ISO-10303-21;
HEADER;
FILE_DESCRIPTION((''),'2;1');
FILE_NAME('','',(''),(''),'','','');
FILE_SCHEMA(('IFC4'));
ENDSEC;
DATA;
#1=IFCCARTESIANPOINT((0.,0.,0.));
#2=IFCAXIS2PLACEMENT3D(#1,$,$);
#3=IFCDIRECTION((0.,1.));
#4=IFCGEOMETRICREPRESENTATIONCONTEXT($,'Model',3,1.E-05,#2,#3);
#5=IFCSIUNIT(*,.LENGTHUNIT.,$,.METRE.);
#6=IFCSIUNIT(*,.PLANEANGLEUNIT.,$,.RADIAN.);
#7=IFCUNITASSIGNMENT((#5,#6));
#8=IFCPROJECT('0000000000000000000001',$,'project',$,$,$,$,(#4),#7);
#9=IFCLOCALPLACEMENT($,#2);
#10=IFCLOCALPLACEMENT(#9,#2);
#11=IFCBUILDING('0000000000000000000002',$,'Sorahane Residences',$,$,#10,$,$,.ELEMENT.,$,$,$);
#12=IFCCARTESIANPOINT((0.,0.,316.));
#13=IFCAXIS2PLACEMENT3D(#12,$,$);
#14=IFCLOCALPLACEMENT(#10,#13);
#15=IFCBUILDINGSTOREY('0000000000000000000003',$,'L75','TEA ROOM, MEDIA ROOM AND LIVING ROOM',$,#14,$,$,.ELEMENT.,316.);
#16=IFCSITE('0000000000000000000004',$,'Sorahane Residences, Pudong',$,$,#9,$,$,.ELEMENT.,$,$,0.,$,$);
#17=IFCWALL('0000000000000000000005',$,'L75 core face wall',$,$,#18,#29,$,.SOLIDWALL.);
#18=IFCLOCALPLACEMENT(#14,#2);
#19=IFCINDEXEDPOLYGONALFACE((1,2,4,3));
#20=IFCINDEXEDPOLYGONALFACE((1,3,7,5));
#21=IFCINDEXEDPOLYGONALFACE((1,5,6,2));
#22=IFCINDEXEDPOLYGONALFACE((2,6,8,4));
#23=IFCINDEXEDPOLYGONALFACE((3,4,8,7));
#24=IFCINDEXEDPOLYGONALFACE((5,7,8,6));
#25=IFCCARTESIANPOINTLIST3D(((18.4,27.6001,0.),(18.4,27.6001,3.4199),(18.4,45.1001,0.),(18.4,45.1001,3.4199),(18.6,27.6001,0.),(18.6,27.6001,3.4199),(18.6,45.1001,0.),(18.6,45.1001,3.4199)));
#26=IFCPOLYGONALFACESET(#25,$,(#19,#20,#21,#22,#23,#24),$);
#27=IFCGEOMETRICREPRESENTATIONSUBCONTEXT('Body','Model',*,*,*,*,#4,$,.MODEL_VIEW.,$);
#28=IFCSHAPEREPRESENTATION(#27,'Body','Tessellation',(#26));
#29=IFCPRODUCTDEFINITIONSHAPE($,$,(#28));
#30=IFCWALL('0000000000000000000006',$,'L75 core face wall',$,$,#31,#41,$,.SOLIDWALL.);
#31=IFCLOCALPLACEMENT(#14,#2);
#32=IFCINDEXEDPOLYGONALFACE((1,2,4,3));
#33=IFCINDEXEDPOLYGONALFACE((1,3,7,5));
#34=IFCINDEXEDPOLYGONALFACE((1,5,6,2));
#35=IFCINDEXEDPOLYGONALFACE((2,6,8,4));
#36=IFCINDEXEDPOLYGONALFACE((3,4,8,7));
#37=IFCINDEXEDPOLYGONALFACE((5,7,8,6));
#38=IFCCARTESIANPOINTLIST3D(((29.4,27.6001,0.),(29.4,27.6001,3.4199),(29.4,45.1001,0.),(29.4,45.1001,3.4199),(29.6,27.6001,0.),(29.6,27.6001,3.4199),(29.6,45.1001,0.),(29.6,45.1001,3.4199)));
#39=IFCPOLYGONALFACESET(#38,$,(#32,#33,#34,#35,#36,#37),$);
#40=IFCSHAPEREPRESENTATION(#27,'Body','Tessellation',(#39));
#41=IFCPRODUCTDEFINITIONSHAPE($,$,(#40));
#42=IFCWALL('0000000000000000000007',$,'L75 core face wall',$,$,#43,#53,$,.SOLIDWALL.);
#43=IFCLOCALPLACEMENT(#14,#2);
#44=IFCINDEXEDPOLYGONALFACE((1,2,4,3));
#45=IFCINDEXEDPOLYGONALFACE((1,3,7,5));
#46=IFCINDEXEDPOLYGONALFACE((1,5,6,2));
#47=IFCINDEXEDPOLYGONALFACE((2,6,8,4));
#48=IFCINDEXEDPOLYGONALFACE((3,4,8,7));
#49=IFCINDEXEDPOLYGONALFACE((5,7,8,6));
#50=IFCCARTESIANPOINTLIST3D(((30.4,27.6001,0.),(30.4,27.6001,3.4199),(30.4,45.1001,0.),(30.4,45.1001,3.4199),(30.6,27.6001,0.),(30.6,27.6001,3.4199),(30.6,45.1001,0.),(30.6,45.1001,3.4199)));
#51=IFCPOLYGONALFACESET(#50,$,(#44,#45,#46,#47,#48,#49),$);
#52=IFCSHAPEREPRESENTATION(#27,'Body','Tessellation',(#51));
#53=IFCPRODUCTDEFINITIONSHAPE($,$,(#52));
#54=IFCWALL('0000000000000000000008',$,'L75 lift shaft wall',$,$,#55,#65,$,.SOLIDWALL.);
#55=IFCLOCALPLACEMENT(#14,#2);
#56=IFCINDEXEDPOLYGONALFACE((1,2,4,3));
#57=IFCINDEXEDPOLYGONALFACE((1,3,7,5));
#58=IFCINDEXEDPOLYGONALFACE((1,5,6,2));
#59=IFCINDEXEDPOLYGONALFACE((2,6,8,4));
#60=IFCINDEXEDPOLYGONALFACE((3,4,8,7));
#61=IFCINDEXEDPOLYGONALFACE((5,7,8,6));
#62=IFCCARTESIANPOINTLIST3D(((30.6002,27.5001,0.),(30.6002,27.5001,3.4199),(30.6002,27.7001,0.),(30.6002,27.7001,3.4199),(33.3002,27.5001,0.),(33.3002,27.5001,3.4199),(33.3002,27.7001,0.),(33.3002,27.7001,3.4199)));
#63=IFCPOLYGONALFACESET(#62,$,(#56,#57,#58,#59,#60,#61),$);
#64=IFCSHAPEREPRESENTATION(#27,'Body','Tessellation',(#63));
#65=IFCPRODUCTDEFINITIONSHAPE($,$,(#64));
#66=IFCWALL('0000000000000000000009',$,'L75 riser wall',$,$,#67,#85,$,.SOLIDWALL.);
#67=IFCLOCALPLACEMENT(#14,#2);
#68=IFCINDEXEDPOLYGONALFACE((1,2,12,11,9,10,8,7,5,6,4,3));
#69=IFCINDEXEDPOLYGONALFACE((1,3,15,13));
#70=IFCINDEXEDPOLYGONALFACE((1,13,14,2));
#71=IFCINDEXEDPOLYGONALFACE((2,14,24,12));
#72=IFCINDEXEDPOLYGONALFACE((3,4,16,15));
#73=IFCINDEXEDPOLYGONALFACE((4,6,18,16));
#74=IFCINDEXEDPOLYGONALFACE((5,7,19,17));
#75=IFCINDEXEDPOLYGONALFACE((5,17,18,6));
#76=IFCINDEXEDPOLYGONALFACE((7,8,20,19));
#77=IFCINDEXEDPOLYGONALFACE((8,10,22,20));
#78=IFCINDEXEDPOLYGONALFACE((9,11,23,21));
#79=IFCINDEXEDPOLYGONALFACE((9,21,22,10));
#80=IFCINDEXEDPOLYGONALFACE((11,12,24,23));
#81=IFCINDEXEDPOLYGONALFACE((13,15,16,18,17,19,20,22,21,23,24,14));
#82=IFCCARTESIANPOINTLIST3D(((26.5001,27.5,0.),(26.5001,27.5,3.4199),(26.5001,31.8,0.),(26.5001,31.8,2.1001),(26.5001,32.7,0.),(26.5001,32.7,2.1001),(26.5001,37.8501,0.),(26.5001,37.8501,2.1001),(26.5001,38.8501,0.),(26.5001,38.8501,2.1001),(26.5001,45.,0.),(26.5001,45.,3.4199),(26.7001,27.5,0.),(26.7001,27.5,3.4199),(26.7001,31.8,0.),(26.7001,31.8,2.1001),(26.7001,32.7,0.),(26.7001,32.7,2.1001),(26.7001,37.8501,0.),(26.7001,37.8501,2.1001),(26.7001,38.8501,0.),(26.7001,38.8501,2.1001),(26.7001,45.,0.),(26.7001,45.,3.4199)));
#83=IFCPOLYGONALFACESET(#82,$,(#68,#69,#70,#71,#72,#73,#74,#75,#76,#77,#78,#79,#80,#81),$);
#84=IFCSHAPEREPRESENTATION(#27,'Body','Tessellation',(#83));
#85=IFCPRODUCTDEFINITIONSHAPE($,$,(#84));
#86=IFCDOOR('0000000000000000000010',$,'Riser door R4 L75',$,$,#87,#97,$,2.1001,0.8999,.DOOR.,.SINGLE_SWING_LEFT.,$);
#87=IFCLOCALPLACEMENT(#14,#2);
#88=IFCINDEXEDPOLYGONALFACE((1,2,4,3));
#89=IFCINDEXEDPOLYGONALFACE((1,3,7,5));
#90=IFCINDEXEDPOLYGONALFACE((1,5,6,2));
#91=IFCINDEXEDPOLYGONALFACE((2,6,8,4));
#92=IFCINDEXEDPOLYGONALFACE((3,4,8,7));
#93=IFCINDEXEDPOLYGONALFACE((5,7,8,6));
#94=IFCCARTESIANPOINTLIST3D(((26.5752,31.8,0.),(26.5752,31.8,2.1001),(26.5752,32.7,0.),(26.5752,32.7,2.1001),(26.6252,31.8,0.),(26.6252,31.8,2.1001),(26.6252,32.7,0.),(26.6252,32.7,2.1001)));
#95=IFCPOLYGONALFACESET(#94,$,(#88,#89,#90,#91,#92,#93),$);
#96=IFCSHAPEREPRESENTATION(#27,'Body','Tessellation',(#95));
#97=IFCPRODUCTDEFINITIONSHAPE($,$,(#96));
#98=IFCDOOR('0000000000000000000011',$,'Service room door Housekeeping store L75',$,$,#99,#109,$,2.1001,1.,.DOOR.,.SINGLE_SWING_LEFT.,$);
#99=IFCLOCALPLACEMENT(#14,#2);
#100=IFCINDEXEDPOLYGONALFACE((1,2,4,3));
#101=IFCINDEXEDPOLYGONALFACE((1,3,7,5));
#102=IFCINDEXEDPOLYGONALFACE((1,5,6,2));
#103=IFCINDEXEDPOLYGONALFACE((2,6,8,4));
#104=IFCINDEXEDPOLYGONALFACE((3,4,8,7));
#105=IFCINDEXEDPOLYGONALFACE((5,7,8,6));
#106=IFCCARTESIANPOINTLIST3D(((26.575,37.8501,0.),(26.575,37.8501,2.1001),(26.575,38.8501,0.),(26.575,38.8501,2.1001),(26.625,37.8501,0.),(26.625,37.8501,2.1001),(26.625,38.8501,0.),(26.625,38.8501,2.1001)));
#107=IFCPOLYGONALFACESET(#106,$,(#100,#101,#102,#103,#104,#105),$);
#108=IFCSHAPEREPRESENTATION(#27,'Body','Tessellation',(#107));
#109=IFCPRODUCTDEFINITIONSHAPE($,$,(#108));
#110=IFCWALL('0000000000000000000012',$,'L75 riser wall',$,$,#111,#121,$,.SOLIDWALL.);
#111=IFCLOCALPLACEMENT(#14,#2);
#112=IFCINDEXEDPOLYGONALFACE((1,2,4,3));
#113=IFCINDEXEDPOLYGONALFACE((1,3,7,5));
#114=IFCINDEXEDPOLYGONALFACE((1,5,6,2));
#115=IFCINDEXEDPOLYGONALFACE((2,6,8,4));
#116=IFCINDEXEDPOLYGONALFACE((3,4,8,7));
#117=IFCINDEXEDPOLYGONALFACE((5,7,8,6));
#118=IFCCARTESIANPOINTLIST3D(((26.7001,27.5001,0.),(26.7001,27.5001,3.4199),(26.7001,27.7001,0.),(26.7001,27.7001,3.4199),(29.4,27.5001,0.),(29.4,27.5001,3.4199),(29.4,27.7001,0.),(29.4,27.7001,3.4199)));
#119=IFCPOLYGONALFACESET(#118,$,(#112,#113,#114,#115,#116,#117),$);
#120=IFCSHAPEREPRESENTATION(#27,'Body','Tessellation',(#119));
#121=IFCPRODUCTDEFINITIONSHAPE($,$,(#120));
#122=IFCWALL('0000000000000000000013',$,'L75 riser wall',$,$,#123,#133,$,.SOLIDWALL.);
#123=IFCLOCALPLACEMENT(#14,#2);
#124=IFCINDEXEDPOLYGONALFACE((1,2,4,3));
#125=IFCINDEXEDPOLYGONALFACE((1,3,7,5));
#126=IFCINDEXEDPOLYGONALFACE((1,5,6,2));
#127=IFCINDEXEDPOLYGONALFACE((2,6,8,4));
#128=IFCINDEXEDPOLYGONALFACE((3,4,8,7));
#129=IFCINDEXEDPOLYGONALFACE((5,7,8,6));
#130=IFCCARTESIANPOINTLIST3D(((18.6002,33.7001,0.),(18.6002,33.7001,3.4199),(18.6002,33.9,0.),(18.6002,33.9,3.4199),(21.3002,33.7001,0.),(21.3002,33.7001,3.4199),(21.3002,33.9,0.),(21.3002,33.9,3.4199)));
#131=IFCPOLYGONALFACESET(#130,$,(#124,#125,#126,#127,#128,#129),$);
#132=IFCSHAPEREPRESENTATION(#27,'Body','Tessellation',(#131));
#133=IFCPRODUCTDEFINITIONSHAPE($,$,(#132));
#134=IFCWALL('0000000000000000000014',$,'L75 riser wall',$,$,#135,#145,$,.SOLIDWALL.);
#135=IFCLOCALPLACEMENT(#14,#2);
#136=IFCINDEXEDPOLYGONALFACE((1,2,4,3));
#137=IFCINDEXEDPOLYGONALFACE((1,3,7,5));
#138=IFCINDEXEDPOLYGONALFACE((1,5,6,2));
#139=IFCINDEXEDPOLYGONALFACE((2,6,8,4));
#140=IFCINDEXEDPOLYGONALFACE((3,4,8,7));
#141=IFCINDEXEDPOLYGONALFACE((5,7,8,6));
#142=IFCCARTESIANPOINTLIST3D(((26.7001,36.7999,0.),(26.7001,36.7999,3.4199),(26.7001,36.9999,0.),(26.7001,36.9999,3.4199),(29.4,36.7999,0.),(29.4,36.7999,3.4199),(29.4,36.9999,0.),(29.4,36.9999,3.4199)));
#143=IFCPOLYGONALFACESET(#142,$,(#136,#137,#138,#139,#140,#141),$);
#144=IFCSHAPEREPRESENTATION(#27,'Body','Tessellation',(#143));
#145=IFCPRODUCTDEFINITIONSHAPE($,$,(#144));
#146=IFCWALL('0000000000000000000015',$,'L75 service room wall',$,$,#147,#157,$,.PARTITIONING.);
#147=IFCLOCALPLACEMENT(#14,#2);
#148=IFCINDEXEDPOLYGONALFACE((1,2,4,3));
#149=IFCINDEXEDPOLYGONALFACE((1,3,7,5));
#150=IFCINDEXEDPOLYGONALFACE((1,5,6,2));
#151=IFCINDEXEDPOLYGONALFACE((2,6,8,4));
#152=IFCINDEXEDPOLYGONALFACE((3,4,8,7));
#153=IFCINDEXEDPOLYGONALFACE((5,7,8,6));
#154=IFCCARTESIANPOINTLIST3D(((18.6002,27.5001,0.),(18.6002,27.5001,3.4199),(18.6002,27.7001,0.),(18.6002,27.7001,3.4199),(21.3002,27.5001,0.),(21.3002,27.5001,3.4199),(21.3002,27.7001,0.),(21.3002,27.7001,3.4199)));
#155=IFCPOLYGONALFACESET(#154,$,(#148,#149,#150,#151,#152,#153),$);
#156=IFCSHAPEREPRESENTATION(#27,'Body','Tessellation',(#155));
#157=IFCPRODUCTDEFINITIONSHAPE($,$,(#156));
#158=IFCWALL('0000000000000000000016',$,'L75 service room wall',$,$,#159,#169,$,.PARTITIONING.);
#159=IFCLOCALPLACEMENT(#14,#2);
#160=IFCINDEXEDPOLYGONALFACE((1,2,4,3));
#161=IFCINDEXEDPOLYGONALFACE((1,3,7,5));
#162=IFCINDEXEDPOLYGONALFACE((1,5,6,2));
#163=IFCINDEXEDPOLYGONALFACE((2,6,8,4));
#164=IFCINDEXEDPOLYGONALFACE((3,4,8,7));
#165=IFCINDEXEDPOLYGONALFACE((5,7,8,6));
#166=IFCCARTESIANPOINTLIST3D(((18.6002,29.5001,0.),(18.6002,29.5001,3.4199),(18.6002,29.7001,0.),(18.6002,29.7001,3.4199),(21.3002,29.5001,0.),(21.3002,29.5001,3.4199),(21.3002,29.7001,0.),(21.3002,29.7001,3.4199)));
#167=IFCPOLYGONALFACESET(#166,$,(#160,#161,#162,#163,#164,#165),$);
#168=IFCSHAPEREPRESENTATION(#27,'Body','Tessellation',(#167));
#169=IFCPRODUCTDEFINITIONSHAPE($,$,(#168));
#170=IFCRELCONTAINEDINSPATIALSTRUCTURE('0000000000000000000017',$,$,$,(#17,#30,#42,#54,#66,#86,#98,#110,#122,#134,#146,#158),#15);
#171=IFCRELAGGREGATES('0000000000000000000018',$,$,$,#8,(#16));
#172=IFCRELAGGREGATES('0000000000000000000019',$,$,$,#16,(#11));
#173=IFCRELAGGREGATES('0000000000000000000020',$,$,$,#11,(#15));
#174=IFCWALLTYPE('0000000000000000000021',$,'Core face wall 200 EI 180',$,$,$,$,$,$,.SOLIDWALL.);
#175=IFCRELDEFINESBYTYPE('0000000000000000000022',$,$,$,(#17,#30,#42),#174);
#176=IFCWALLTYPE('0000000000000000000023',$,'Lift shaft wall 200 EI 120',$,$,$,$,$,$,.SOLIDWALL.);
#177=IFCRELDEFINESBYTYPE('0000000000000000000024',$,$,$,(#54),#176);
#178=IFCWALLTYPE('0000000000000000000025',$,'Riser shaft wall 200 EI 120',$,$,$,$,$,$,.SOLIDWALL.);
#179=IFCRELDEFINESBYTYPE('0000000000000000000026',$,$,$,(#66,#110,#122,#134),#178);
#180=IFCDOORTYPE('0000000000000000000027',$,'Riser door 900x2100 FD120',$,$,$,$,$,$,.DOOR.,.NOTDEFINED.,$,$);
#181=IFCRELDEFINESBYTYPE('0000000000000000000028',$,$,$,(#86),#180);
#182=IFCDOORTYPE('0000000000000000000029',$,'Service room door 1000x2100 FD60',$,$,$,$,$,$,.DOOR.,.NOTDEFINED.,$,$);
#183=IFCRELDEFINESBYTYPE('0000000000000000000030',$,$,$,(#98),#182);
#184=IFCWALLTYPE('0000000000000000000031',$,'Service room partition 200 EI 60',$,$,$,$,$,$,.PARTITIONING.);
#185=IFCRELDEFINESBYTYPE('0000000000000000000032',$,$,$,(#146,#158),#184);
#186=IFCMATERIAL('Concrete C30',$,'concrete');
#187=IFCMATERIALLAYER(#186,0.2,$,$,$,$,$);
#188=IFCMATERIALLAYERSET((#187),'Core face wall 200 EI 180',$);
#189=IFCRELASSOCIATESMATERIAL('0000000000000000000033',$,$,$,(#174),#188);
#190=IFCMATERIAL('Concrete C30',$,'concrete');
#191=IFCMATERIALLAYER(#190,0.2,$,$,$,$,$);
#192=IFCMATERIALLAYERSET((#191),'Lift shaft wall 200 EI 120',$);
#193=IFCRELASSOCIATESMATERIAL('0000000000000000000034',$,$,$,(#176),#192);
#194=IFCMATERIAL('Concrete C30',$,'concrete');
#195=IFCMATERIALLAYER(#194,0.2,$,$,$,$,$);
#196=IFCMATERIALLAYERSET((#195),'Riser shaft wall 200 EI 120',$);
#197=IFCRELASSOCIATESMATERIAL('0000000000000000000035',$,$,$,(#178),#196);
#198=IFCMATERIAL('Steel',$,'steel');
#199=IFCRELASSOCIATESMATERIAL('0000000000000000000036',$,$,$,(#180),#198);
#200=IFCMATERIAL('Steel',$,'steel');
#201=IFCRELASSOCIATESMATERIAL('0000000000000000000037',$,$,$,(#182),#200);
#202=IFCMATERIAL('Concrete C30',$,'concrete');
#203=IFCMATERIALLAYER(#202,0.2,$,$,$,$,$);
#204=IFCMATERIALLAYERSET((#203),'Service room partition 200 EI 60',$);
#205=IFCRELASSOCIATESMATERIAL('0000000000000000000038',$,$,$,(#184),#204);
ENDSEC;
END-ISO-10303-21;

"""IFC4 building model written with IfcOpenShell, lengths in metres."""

from ifc_helpers import new_model, si_unit, direction, frame, frame_2d, origin, place, context, subcontext, project, spatial, rectangle, extrude, material, layer, layer_set, type_object, element, fill, save


model = new_model("IFC4")

# Units and contexts
model_context = context("Model", 3, precision=1e-05, world=origin(), true_north=direction((0.0, 1.0)))
body_context = subcontext(model_context, "Body", "Model", "MODEL_VIEW")
ifc_project = project(units=[si_unit("LENGTHUNIT", "METRE"), si_unit("PLANEANGLEUNIT", "RADIAN")], contexts=[model_context])

# Site, building, storey
site_placement = place(None, origin())
site = spatial("IfcSite", under=ifc_project, at=site_placement, Name="Sorahane Residences, Pudong", CompositionType="ELEMENT", RefElevation=0.0)
building_placement = place(site_placement, origin())
building = spatial("IfcBuilding", under=site, at=building_placement, Name="Sorahane Residences", CompositionType="ELEMENT")
storey_placement = place(building_placement, frame((0.0, 0.0, 316.0)))
storey = spatial("IfcBuildingStorey", under=building, at=storey_placement, Name="L75", Description="TEA ROOM, MEDIA ROOM AND LIVING ROOM", CompositionType="ELEMENT", Elevation=316.0)

# Walls
ifc_material_1 = material(Name="Concrete C30", Category="concrete")
ifc_layer_1 = layer(ifc_material_1, 0.2)
ifc_layer_set_1 = layer_set([ifc_layer_1], Name="Core face wall 200 EI 180")
wall_type_1 = type_object("IfcWallType", Name="Core face wall 200 EI 180", PredefinedType="SOLIDWALL", material=ifc_layer_set_1)
for number, where, z_axis, x_axis, name in (
    (1, (18.5, 27.6001, 0.0), (0.0, 0.0, 1.0), (0.0, 1.0, 0.0), "L75 core face wall"),
    (2, (29.5, 27.6001, 0.0), (0.0, 0.0, 1.0), (0.0, 1.0, 0.0), "L75 core face wall"),
    (3, (30.5, 27.6001, 0.0), (0.0, 0.0, 1.0), (0.0, 1.0, 0.0), "L75 core face wall"),
):
    element("IfcWall", number, at=place(storey_placement, frame(where, z_axis=z_axis, x_axis=x_axis)), inside=storey, type_object=wall_type_1, Name=name, PredefinedType="SOLIDWALL", context=body_context, shape_type="SweptSolid", body=[
        extrude(rectangle(XDim=17.5, YDim=0.2, at=frame_2d((8.75, 0.0))), origin(), (0.0, 0.0, 1.0), 3.4199),
    ])
ifc_material_2 = material(Name="Concrete C30", Category="concrete")
ifc_layer_2 = layer(ifc_material_2, 0.2)
ifc_layer_set_2 = layer_set([ifc_layer_2], Name="Lift shaft wall 200 EI 120")
wall_type_2 = type_object("IfcWallType", Name="Lift shaft wall 200 EI 120", PredefinedType="SOLIDWALL", material=ifc_layer_set_2)
wall_1_placement = place(storey_placement, frame((30.6001, 27.6001, 0.0), z_axis=(0.0, 0.0, 1.0), x_axis=(1.0, 0.0, 0.0)))
element("IfcWall", 4, at=wall_1_placement, inside=storey, type_object=wall_type_2, Name="L75 lift shaft wall", PredefinedType="SOLIDWALL", context=body_context, shape_type="SweptSolid", body=[
    extrude(rectangle(XDim=2.7, YDim=0.2, at=frame_2d((1.3501, 0.0))), origin(), (0.0, 0.0, 1.0), 3.4199),
])

# Wall, openings, doors
ifc_material_3 = material(Name="Concrete C30", Category="concrete")
ifc_layer_3 = layer(ifc_material_3, 0.2)
ifc_layer_set_3 = layer_set([ifc_layer_3], Name="Riser shaft wall 200 EI 120")
wall_type_3 = type_object("IfcWallType", Name="Riser shaft wall 200 EI 120", PredefinedType="SOLIDWALL", material=ifc_layer_set_3)
wall_2_placement = place(storey_placement, frame((26.6001, 27.5, 0.0), z_axis=(0.0, 0.0, 1.0), x_axis=(0.0, 1.0, 0.0)))
wall_2 = element("IfcWall", 5, at=wall_2_placement, inside=storey, type_object=wall_type_3, Name="L75 riser wall", PredefinedType="SOLIDWALL", context=body_context, shape_type="SweptSolid", body=[
    extrude(rectangle(XDim=17.5, YDim=0.2, at=frame_2d((8.75, 0.0))), origin(), (0.0, 0.0, 1.0), 3.4199),
])
opening_1_placement = place(wall_2_placement, frame((4.3, 0.0, 0.0)))
opening_1 = element("IfcOpeningElement", 6, at=opening_1_placement, cuts=wall_2, PredefinedType="OPENING", context=body_context, shape_type="SweptSolid", body=[
    extrude(rectangle(XDim=0.8999, YDim=2.1001, at=frame_2d((0.45, 1.05))), frame((0.0, 0.1099, 0.0), z_axis=(0.0, -1.0, 0.0), x_axis=(1.0, 0.0, 0.0)), (0.0, 0.0, 1.0), 0.22),
])
opening_2_placement = place(wall_2_placement, frame((10.3501, 0.0, 0.0)))
opening_2 = element("IfcOpeningElement", 7, at=opening_2_placement, cuts=wall_2, PredefinedType="OPENING", context=body_context, shape_type="SweptSolid", body=[
    extrude(rectangle(XDim=1.0, YDim=2.1001, at=frame_2d((0.5, 1.05))), frame((0.0, 0.1099, 0.0), z_axis=(0.0, -1.0, 0.0), x_axis=(1.0, 0.0, 0.0)), (0.0, 0.0, 1.0), 0.22),
])
ifc_material_4 = material(Name="Steel", Category="steel")
door_type_1 = type_object("IfcDoorType", Name="Riser door 900x2100 FD120", OperationType="NOTDEFINED", PredefinedType="DOOR", material=ifc_material_4)
door_1_placement = place(opening_1_placement, origin())
door_1 = element("IfcDoor", 8, at=door_1_placement, inside=storey, type_object=door_type_1, Name="Riser door R4 L75", OperationType="SINGLE_SWING_LEFT", OverallHeight=2.1001, OverallWidth=0.8999, PredefinedType="DOOR", context=body_context, shape_type="SweptSolid", body=[
    extrude(rectangle(XDim=0.8999, YDim=2.1001, at=frame_2d((0.45, 1.05))), frame((0.0, 0.0249, 0.0), z_axis=(0.0, -1.0, 0.0), x_axis=(1.0, 0.0, 0.0)), (0.0, 0.0, 1.0), 0.05),
])
fill(opening_1, door_1)
ifc_material_5 = material(Name="Steel", Category="steel")
door_type_2 = type_object("IfcDoorType", Name="Service room door 1000x2100 FD60", OperationType="NOTDEFINED", PredefinedType="DOOR", material=ifc_material_5)
door_2_placement = place(opening_2_placement, frame((1.0, 0.0, 0.0), z_axis=(0.0, 0.0, 1.0), x_axis=(-1.0, 0.0, 0.0)))
door_2 = element("IfcDoor", 9, at=door_2_placement, inside=storey, type_object=door_type_2, Name="Service room door Housekeeping store L75", OperationType="SINGLE_SWING_LEFT", OverallHeight=2.1001, OverallWidth=1.0, PredefinedType="DOOR", context=body_context, shape_type="SweptSolid", body=[
    extrude(rectangle(XDim=1.0, YDim=2.1001, at=frame_2d((0.5, 1.05))), frame((0.0, 0.0249, 0.0), z_axis=(0.0, -1.0, 0.0), x_axis=(1.0, 0.0, 0.0)), (0.0, 0.0, 1.0), 0.05),
])
fill(opening_2, door_2)

# Walls
for number, where, z_axis, x_axis, name in (
    (10, (26.7, 27.6001, 0.0), (0.0, 0.0, 1.0), (1.0, 0.0, 0.0), "L75 riser wall"),
    (11, (18.6001, 33.8, 0.0), (0.0, 0.0, 1.0), (1.0, 0.0, 0.0), "L75 riser wall"),
    (12, (26.7, 36.8999, 0.0), (0.0, 0.0, 1.0), (1.0, 0.0, 0.0), "L75 riser wall"),
):
    element("IfcWall", number, at=place(storey_placement, frame(where, z_axis=z_axis, x_axis=x_axis)), inside=storey, type_object=wall_type_3, Name=name, PredefinedType="SOLIDWALL", context=body_context, shape_type="SweptSolid", body=[
        extrude(rectangle(XDim=2.7, YDim=0.2, at=frame_2d((1.3501, 0.0))), origin(), (0.0, 0.0, 1.0), 3.4199),
    ])
ifc_material_6 = material(Name="Concrete C30", Category="concrete")
ifc_layer_4 = layer(ifc_material_6, 0.2)
ifc_layer_set_4 = layer_set([ifc_layer_4], Name="Service room partition 200 EI 60")
wall_type_4 = type_object("IfcWallType", Name="Service room partition 200 EI 60", PredefinedType="PARTITIONING", material=ifc_layer_set_4)
for number, where, z_axis, x_axis, name in (
    (13, (18.6001, 27.6001, 0.0), (0.0, 0.0, 1.0), (1.0, 0.0, 0.0), "L75 service room wall"),
    (14, (18.6001, 29.6001, 0.0), (0.0, 0.0, 1.0), (1.0, 0.0, 0.0), "L75 service room wall"),
):
    element("IfcWall", number, at=place(storey_placement, frame(where, z_axis=z_axis, x_axis=x_axis)), inside=storey, type_object=wall_type_4, Name=name, PredefinedType="PARTITIONING", context=body_context, shape_type="SweptSolid", body=[
        extrude(rectangle(XDim=2.7, YDim=0.2, at=frame_2d((1.3501, 0.0))), origin(), (0.0, 0.0, 1.0), 3.4199),
    ])

save(model, "model.ifc")
